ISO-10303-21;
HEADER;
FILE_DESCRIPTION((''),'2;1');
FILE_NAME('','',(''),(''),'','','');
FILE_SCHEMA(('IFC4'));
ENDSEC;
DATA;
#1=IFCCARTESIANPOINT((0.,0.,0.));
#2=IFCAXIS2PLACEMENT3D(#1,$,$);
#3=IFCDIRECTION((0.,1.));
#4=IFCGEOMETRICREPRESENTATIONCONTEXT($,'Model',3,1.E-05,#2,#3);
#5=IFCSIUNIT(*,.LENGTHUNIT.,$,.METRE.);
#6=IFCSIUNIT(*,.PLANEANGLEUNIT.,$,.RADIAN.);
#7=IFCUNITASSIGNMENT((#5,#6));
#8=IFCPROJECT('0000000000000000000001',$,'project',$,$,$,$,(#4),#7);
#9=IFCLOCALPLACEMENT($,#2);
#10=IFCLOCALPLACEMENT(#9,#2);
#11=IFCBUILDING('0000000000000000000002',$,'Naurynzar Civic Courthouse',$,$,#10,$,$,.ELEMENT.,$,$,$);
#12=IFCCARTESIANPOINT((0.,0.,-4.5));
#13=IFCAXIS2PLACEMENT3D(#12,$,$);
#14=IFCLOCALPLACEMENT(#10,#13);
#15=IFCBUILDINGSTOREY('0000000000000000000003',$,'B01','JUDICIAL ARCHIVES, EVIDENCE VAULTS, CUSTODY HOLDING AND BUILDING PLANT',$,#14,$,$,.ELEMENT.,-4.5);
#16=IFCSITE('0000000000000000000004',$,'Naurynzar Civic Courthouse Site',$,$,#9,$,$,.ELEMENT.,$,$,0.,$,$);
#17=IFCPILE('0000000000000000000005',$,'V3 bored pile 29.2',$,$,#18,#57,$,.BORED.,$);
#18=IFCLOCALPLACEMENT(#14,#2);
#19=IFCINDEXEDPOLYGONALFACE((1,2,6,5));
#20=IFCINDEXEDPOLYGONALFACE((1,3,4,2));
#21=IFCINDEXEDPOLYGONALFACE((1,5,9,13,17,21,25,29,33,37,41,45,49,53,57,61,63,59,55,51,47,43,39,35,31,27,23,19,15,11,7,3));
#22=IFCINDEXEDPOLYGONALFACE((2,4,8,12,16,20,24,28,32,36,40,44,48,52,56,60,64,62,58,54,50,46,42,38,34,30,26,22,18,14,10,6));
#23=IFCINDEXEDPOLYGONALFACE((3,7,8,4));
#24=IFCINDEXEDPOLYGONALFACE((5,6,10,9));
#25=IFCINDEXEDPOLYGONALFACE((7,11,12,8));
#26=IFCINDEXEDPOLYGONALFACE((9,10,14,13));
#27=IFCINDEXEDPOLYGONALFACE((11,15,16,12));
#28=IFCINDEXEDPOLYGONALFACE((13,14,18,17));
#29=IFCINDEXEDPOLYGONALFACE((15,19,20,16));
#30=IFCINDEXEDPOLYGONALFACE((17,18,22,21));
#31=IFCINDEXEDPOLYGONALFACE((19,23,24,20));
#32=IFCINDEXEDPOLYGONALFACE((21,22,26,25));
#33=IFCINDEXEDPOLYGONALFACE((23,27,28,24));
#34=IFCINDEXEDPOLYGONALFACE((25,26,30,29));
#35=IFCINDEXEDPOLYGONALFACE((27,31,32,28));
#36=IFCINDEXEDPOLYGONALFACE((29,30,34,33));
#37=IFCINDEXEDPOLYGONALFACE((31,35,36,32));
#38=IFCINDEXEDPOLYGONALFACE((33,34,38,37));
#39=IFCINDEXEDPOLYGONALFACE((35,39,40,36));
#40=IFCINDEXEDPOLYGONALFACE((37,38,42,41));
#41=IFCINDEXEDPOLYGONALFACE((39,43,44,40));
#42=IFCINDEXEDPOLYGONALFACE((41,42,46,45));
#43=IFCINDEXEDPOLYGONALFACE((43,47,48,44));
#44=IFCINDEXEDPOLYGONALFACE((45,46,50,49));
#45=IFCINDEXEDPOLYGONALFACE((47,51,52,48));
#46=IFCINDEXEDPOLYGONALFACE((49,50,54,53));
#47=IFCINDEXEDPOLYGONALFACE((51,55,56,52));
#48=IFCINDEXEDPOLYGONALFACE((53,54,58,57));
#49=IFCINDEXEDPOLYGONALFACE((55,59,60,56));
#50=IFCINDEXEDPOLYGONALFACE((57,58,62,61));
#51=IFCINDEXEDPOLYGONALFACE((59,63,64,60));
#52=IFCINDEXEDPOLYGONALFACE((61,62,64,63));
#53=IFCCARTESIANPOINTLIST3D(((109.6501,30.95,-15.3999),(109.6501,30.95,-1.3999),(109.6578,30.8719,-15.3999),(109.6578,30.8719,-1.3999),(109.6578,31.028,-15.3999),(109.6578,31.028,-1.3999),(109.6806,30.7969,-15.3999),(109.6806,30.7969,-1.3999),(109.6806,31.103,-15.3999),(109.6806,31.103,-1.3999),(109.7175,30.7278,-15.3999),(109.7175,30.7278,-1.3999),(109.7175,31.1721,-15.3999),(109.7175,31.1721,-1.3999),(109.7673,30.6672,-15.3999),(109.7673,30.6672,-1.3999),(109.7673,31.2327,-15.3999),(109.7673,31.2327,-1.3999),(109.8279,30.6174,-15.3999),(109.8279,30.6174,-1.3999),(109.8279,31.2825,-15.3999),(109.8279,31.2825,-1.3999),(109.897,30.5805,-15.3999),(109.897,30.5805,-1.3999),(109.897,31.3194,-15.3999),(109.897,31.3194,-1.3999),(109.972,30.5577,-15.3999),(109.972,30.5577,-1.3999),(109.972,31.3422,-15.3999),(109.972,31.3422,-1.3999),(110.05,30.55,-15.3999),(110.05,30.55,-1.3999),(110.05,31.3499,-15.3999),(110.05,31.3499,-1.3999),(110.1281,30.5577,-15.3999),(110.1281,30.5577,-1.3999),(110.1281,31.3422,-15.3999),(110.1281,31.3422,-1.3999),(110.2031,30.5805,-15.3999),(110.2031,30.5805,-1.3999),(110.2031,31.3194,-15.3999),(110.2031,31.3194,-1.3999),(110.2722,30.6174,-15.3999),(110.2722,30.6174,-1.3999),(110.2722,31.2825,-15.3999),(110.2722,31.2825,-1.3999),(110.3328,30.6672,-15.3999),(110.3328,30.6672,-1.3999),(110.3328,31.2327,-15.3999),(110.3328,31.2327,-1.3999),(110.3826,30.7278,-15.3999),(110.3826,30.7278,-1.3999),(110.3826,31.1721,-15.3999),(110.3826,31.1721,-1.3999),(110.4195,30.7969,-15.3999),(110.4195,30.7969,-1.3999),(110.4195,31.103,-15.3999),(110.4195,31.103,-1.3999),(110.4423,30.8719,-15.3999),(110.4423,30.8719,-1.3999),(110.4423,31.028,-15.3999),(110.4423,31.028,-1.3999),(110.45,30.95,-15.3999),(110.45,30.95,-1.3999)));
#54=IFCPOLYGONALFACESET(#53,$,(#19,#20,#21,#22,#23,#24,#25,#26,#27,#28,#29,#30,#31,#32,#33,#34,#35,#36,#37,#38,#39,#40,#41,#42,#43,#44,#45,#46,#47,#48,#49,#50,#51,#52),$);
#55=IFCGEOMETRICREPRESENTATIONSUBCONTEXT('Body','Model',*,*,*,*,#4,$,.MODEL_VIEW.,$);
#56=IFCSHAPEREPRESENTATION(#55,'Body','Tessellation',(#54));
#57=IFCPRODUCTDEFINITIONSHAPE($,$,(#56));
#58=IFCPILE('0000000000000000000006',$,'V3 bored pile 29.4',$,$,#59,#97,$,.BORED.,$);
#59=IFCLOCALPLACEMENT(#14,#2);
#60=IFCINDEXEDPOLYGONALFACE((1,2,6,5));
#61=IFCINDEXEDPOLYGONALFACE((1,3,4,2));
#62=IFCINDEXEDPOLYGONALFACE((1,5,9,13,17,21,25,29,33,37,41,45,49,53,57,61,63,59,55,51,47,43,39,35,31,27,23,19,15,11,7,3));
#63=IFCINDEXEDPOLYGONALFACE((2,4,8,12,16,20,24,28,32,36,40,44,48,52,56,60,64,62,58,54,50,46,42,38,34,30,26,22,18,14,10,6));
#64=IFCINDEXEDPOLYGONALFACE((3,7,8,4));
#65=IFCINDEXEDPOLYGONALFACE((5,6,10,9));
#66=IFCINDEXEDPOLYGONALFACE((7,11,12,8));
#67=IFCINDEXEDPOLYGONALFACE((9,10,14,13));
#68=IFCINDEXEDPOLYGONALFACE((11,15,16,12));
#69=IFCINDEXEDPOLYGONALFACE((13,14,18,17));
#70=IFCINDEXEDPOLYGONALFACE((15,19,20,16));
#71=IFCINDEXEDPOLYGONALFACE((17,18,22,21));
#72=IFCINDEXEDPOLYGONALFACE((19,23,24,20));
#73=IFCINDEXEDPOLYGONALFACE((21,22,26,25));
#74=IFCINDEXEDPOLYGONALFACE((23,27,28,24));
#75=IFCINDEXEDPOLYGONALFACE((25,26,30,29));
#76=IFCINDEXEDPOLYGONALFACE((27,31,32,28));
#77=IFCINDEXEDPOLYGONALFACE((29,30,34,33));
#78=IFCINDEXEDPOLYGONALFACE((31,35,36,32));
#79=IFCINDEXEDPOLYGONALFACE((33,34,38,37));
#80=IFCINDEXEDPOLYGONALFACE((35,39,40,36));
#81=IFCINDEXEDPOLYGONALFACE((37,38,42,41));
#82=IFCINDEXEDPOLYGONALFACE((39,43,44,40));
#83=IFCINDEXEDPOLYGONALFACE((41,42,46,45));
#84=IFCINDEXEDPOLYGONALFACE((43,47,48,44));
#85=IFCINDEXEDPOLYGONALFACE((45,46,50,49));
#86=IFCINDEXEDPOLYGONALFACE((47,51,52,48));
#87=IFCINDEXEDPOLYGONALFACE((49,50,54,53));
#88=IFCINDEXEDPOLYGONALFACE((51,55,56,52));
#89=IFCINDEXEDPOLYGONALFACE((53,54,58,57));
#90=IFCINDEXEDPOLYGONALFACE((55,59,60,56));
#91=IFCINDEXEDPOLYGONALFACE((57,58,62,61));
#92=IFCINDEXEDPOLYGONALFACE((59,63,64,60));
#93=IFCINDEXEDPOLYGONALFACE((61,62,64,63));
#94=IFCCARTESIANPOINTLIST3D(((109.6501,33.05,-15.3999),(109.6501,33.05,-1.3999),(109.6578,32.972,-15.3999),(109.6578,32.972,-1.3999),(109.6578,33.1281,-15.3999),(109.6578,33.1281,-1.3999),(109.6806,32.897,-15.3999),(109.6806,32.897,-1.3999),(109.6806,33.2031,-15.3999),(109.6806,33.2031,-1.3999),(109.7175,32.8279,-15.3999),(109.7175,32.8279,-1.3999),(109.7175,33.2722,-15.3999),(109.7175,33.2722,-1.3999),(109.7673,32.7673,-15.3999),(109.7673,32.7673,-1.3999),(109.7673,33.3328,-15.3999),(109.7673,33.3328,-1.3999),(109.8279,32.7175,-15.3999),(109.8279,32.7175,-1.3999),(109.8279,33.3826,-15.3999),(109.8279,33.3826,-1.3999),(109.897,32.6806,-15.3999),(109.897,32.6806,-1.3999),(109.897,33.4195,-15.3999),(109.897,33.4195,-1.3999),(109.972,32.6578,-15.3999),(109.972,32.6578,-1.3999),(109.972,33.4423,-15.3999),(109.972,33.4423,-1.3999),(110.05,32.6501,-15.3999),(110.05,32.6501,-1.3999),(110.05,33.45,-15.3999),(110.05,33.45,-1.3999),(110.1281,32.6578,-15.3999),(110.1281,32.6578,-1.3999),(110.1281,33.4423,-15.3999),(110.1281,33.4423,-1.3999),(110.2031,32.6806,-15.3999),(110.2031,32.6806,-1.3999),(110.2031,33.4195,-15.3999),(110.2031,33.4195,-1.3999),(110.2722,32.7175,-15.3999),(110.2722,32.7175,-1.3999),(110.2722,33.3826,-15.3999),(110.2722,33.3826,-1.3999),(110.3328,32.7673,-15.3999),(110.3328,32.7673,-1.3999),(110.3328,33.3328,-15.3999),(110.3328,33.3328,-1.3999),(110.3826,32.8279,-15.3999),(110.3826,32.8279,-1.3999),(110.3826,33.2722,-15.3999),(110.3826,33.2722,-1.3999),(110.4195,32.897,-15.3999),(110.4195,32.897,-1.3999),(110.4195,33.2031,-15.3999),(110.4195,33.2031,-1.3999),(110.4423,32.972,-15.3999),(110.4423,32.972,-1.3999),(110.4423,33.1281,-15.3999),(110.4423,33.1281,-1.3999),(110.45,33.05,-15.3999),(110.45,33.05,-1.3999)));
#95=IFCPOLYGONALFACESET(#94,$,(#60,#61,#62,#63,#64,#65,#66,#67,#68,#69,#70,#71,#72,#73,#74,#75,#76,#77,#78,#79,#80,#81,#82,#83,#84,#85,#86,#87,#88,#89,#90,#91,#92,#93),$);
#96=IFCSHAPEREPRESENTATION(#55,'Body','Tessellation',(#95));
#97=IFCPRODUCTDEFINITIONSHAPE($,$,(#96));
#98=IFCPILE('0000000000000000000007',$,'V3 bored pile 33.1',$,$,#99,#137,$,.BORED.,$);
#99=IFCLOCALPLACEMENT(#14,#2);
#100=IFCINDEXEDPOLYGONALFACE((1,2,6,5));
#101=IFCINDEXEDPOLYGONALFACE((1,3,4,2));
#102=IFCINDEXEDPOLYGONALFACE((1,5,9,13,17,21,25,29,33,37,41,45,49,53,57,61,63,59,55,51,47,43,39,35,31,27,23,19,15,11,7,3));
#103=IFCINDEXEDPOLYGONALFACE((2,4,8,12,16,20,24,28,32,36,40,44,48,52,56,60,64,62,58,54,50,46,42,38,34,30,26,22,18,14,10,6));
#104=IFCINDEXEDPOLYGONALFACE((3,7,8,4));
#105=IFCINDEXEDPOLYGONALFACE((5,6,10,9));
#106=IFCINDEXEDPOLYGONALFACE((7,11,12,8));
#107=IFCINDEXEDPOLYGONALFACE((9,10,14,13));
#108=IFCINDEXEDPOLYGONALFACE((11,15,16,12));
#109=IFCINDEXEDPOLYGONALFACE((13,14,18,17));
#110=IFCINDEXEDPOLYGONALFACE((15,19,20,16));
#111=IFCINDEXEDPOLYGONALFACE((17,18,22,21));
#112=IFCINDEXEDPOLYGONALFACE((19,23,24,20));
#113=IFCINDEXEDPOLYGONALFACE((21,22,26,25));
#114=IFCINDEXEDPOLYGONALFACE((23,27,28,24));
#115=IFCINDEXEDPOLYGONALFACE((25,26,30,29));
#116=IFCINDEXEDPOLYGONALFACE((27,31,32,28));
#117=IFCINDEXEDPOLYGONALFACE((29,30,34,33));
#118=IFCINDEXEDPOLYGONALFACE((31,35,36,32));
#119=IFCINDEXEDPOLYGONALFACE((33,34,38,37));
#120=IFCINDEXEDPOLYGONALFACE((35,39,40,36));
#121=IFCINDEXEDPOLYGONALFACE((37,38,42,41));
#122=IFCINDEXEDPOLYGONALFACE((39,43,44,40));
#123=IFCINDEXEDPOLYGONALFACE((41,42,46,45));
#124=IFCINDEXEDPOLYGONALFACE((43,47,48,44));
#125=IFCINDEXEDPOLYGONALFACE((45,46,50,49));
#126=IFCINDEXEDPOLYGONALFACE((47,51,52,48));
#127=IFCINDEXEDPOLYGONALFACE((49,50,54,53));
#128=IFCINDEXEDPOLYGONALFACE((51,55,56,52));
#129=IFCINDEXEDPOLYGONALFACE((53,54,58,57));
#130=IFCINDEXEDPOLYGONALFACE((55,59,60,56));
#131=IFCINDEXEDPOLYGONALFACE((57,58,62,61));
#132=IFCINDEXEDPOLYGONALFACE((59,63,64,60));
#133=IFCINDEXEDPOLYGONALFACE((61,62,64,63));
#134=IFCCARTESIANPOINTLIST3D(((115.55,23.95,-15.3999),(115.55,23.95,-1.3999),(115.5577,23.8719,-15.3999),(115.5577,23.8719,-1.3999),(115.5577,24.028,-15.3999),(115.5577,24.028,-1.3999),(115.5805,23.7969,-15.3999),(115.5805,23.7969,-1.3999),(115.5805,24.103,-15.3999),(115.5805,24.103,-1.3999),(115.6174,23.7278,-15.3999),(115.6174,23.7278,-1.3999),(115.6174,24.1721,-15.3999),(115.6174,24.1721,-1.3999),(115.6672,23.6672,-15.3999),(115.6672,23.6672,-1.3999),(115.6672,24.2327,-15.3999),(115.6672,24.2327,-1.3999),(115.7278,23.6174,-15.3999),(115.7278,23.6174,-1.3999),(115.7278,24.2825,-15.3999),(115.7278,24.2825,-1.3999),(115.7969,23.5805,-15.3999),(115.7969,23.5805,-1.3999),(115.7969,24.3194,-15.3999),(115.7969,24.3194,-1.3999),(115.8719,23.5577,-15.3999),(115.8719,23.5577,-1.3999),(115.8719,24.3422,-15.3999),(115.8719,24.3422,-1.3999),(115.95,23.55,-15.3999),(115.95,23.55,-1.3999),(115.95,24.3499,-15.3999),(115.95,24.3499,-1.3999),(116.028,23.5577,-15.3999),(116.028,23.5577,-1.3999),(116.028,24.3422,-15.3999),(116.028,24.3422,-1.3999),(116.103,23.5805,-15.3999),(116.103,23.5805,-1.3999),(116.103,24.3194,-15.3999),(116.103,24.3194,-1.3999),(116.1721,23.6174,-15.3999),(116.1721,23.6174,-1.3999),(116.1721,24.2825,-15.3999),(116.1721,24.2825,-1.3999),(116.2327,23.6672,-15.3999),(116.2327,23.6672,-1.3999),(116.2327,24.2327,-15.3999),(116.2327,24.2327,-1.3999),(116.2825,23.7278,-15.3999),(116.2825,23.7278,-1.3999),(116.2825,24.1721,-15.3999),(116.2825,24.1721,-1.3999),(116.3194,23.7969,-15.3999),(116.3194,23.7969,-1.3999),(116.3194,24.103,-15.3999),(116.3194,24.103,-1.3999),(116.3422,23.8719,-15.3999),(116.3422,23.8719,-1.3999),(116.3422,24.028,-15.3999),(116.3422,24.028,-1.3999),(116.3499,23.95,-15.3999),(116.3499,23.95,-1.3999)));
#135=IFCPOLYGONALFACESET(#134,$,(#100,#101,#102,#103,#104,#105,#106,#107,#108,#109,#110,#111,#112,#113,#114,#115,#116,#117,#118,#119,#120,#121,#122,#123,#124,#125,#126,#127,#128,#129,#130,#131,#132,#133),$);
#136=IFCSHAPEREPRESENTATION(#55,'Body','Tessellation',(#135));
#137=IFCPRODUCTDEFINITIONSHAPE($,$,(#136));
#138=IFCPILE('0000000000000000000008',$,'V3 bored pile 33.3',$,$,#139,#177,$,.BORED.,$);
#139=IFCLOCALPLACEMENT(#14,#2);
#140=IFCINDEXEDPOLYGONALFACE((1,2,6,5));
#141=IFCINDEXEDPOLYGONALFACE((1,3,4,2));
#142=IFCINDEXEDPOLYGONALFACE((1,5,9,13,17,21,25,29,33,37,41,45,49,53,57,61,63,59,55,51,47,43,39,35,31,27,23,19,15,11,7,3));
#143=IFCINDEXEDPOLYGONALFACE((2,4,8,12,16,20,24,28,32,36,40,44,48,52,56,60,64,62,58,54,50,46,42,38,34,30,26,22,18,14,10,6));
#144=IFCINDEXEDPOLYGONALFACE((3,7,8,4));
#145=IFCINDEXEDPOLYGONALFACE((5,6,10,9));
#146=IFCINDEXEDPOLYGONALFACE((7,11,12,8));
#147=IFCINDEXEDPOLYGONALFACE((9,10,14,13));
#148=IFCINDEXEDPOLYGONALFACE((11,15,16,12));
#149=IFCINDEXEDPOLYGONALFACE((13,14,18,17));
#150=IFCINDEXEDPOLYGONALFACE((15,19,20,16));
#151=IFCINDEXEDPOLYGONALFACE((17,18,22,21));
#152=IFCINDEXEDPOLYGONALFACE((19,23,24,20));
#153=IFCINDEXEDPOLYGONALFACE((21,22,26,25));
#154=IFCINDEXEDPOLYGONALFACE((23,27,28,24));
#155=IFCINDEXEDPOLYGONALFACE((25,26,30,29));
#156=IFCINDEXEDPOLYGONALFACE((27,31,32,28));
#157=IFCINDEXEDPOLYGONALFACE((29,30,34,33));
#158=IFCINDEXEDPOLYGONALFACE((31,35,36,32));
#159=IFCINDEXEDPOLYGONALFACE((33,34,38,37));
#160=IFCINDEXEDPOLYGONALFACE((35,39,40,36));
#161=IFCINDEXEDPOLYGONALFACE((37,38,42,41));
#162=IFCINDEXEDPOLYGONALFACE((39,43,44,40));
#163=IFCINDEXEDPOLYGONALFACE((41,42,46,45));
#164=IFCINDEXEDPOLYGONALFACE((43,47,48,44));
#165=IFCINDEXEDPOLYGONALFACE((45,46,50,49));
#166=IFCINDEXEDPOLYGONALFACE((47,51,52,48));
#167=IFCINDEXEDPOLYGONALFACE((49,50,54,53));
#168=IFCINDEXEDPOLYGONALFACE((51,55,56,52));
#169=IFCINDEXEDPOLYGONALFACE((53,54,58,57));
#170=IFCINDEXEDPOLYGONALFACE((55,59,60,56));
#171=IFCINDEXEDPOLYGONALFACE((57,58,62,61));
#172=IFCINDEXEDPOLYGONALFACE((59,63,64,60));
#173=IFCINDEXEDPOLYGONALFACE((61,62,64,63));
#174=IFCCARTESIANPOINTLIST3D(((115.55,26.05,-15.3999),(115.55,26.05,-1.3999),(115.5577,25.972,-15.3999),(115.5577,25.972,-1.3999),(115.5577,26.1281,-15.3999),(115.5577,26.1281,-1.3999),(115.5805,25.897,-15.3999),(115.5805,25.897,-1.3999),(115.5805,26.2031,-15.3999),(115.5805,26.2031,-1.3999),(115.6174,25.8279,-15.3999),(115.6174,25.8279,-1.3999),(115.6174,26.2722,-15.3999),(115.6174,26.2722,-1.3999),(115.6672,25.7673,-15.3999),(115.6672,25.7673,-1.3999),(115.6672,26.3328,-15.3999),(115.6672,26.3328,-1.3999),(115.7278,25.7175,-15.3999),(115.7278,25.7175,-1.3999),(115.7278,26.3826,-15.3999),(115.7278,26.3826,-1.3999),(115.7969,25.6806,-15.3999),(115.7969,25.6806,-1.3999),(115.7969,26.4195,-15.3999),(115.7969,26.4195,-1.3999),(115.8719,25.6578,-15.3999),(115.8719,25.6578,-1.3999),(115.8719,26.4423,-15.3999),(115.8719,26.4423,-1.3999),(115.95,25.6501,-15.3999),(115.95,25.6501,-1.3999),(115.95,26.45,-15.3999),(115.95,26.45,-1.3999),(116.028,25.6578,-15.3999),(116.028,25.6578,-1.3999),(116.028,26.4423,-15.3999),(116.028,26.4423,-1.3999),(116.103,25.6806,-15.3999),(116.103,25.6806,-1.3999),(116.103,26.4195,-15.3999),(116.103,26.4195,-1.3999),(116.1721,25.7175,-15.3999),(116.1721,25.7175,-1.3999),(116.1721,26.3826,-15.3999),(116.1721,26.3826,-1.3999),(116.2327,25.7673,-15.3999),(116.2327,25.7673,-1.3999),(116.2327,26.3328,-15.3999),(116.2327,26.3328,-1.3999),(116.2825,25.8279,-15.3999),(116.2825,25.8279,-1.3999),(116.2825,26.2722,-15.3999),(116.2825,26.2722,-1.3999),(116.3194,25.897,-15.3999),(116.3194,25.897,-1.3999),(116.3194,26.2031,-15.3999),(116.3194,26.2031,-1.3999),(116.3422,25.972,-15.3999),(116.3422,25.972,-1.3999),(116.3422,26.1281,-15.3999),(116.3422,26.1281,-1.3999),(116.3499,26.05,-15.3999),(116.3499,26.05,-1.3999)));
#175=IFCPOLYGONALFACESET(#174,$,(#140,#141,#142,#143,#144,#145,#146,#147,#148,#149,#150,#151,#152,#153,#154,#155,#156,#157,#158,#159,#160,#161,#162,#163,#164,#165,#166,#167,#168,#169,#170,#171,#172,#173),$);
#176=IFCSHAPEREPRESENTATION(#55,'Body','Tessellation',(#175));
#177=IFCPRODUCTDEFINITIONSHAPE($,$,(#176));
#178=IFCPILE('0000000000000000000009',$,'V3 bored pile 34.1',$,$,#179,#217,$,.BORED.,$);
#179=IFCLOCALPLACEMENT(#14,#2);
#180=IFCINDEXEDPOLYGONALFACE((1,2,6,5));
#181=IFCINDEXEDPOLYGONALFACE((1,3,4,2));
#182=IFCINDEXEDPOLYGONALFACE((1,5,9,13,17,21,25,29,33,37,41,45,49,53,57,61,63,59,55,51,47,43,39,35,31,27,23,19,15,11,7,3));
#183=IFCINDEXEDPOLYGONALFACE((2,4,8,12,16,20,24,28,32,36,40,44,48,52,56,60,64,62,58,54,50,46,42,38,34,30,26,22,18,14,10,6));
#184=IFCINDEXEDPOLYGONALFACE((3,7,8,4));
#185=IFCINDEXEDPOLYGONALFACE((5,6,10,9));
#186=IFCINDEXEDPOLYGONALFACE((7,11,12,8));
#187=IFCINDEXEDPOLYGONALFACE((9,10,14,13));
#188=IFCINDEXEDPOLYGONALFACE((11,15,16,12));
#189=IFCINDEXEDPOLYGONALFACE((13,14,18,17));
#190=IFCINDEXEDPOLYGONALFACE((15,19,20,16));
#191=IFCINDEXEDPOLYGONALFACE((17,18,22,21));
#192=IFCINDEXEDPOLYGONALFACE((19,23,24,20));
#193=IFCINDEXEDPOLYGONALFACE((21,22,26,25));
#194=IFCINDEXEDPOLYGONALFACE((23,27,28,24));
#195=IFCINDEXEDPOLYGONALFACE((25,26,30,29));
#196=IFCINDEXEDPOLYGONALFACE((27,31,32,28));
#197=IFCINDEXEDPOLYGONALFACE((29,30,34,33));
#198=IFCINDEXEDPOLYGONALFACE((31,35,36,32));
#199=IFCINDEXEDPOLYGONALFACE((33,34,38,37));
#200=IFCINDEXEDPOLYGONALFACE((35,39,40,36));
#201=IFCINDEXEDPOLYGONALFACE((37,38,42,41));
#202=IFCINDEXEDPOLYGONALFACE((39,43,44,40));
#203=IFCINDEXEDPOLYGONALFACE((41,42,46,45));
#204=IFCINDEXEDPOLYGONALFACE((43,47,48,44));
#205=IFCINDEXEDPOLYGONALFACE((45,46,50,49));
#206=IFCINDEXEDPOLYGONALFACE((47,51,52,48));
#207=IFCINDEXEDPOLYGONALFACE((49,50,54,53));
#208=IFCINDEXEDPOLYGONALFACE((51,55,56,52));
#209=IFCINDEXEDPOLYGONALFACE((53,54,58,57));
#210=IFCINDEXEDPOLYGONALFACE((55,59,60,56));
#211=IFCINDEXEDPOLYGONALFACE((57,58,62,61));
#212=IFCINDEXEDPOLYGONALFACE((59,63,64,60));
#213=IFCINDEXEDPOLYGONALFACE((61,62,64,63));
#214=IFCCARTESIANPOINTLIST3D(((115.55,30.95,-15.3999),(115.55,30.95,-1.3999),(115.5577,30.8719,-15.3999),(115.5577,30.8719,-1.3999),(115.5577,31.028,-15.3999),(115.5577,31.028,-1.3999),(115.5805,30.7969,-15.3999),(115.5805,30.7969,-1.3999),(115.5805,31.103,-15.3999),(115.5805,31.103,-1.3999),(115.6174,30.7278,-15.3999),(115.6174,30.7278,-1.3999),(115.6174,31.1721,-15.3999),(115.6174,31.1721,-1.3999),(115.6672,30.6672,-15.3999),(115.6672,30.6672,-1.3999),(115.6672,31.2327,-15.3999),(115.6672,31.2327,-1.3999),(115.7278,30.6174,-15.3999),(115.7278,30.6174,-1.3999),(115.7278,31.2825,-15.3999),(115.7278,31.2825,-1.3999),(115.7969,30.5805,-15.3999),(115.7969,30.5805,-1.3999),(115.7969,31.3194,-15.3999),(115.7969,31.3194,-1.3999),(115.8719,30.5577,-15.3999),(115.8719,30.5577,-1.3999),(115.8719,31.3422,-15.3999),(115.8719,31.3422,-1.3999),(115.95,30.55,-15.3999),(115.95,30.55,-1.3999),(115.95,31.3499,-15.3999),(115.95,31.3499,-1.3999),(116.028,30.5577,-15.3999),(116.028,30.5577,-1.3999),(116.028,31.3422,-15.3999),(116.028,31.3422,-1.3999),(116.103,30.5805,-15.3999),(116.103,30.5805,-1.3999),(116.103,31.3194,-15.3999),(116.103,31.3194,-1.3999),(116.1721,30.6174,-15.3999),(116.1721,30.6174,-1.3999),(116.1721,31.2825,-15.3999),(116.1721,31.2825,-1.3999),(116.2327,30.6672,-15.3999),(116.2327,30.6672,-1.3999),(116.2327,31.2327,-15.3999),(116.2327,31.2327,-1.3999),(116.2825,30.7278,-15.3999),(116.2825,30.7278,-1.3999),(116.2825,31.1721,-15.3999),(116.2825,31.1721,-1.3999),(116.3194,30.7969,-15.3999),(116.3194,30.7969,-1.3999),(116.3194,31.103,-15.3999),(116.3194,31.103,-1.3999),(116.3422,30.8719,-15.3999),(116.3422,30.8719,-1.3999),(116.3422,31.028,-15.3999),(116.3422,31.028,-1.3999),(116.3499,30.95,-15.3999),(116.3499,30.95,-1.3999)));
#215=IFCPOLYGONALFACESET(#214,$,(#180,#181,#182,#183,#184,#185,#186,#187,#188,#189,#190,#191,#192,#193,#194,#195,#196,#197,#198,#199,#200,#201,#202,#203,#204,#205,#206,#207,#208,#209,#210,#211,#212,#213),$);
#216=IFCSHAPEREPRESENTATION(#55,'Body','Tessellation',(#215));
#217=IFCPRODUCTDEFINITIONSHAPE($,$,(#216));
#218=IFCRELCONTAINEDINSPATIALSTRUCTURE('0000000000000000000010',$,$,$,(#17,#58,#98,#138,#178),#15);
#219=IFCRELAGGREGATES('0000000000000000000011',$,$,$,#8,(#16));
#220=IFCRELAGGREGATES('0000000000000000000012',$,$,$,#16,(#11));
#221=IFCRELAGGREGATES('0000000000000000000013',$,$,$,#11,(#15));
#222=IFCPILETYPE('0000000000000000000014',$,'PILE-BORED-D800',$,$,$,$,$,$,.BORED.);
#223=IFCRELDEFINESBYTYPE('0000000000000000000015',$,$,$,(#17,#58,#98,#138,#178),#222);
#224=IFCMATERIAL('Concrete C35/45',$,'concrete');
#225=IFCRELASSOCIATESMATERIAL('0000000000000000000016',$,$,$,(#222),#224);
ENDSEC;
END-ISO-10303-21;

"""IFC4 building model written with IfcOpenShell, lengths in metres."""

from ifc_helpers import new_model, si_unit, direction, frame, origin, origin_2d, place, context, subcontext, project, spatial, circle, extrude, material, material_profile, profile_set, type_object, element, save


model = new_model("IFC4")

# Units and contexts
model_context = context("Model", 3, precision=1e-05, world=origin(), true_north=direction((0.0, 1.0)))
body_context = subcontext(model_context, "Body", "Model", "MODEL_VIEW")
ifc_project = project(units=[si_unit("LENGTHUNIT", "METRE"), si_unit("PLANEANGLEUNIT", "RADIAN")], contexts=[model_context])

# Site, building, storey
site_placement = place(None, origin())
site = spatial("IfcSite", under=ifc_project, at=site_placement, Name="Naurynzar Civic Courthouse Site", CompositionType="ELEMENT", RefElevation=0.0)
building_placement = place(site_placement, origin())
building = spatial("IfcBuilding", under=site, at=building_placement, Name="Naurynzar Civic Courthouse", CompositionType="ELEMENT")
storey_placement = place(building_placement, frame((0.0, 0.0, -4.5)))
storey = spatial("IfcBuildingStorey", under=building, at=storey_placement, Name="B01", Description="JUDICIAL ARCHIVES, EVIDENCE VAULTS, CUSTODY HOLDING AND BUILDING PLANT", CompositionType="ELEMENT", Elevation=-4.5)

# Piles
ifc_material_1 = material(Name="Concrete C35/45", Category="concrete")
ifc_material_profile_1 = material_profile(ifc_material_1, circle(Radius=0.3999, at=origin_2d()), Name="PILE D800")
ifc_profile_set_1 = profile_set([ifc_material_profile_1], Name="Concrete C35/45")
pile_type = type_object("IfcPileType", Name="PILE-BORED-D800", PredefinedType="BORED", material=ifc_profile_set_1)
for number, where, z_axis, x_axis, name in (
    (1, (110.05, 30.95, -1.3999), (0.0, 0.0, -1.0), (1.0, 0.0, 0.0), "V3 bored pile 29.2"),
    (2, (110.05, 33.05, -1.3999), (0.0, 0.0, -1.0), (1.0, 0.0, 0.0), "V3 bored pile 29.4"),
    (3, (115.95, 23.95, -1.3999), (0.0, 0.0, -1.0), (1.0, 0.0, 0.0), "V3 bored pile 33.1"),
    (4, (115.95, 26.05, -1.3999), (0.0, 0.0, -1.0), (1.0, 0.0, 0.0), "V3 bored pile 33.3"),
    (5, (115.95, 30.95, -1.3999), (0.0, 0.0, -1.0), (1.0, 0.0, 0.0), "V3 bored pile 34.1"),
):
    element("IfcPile", number, at=place(storey_placement, frame(where, z_axis=z_axis, x_axis=x_axis)), inside=storey, type_object=pile_type, Name=name, PredefinedType="BORED", context=body_context, shape_type="SweptSolid", body=[
        extrude(circle(Radius=0.3999, at=origin_2d()), origin(), (0.0, 0.0, 1.0), 14.0),
    ])

save(model, "model.ifc")
